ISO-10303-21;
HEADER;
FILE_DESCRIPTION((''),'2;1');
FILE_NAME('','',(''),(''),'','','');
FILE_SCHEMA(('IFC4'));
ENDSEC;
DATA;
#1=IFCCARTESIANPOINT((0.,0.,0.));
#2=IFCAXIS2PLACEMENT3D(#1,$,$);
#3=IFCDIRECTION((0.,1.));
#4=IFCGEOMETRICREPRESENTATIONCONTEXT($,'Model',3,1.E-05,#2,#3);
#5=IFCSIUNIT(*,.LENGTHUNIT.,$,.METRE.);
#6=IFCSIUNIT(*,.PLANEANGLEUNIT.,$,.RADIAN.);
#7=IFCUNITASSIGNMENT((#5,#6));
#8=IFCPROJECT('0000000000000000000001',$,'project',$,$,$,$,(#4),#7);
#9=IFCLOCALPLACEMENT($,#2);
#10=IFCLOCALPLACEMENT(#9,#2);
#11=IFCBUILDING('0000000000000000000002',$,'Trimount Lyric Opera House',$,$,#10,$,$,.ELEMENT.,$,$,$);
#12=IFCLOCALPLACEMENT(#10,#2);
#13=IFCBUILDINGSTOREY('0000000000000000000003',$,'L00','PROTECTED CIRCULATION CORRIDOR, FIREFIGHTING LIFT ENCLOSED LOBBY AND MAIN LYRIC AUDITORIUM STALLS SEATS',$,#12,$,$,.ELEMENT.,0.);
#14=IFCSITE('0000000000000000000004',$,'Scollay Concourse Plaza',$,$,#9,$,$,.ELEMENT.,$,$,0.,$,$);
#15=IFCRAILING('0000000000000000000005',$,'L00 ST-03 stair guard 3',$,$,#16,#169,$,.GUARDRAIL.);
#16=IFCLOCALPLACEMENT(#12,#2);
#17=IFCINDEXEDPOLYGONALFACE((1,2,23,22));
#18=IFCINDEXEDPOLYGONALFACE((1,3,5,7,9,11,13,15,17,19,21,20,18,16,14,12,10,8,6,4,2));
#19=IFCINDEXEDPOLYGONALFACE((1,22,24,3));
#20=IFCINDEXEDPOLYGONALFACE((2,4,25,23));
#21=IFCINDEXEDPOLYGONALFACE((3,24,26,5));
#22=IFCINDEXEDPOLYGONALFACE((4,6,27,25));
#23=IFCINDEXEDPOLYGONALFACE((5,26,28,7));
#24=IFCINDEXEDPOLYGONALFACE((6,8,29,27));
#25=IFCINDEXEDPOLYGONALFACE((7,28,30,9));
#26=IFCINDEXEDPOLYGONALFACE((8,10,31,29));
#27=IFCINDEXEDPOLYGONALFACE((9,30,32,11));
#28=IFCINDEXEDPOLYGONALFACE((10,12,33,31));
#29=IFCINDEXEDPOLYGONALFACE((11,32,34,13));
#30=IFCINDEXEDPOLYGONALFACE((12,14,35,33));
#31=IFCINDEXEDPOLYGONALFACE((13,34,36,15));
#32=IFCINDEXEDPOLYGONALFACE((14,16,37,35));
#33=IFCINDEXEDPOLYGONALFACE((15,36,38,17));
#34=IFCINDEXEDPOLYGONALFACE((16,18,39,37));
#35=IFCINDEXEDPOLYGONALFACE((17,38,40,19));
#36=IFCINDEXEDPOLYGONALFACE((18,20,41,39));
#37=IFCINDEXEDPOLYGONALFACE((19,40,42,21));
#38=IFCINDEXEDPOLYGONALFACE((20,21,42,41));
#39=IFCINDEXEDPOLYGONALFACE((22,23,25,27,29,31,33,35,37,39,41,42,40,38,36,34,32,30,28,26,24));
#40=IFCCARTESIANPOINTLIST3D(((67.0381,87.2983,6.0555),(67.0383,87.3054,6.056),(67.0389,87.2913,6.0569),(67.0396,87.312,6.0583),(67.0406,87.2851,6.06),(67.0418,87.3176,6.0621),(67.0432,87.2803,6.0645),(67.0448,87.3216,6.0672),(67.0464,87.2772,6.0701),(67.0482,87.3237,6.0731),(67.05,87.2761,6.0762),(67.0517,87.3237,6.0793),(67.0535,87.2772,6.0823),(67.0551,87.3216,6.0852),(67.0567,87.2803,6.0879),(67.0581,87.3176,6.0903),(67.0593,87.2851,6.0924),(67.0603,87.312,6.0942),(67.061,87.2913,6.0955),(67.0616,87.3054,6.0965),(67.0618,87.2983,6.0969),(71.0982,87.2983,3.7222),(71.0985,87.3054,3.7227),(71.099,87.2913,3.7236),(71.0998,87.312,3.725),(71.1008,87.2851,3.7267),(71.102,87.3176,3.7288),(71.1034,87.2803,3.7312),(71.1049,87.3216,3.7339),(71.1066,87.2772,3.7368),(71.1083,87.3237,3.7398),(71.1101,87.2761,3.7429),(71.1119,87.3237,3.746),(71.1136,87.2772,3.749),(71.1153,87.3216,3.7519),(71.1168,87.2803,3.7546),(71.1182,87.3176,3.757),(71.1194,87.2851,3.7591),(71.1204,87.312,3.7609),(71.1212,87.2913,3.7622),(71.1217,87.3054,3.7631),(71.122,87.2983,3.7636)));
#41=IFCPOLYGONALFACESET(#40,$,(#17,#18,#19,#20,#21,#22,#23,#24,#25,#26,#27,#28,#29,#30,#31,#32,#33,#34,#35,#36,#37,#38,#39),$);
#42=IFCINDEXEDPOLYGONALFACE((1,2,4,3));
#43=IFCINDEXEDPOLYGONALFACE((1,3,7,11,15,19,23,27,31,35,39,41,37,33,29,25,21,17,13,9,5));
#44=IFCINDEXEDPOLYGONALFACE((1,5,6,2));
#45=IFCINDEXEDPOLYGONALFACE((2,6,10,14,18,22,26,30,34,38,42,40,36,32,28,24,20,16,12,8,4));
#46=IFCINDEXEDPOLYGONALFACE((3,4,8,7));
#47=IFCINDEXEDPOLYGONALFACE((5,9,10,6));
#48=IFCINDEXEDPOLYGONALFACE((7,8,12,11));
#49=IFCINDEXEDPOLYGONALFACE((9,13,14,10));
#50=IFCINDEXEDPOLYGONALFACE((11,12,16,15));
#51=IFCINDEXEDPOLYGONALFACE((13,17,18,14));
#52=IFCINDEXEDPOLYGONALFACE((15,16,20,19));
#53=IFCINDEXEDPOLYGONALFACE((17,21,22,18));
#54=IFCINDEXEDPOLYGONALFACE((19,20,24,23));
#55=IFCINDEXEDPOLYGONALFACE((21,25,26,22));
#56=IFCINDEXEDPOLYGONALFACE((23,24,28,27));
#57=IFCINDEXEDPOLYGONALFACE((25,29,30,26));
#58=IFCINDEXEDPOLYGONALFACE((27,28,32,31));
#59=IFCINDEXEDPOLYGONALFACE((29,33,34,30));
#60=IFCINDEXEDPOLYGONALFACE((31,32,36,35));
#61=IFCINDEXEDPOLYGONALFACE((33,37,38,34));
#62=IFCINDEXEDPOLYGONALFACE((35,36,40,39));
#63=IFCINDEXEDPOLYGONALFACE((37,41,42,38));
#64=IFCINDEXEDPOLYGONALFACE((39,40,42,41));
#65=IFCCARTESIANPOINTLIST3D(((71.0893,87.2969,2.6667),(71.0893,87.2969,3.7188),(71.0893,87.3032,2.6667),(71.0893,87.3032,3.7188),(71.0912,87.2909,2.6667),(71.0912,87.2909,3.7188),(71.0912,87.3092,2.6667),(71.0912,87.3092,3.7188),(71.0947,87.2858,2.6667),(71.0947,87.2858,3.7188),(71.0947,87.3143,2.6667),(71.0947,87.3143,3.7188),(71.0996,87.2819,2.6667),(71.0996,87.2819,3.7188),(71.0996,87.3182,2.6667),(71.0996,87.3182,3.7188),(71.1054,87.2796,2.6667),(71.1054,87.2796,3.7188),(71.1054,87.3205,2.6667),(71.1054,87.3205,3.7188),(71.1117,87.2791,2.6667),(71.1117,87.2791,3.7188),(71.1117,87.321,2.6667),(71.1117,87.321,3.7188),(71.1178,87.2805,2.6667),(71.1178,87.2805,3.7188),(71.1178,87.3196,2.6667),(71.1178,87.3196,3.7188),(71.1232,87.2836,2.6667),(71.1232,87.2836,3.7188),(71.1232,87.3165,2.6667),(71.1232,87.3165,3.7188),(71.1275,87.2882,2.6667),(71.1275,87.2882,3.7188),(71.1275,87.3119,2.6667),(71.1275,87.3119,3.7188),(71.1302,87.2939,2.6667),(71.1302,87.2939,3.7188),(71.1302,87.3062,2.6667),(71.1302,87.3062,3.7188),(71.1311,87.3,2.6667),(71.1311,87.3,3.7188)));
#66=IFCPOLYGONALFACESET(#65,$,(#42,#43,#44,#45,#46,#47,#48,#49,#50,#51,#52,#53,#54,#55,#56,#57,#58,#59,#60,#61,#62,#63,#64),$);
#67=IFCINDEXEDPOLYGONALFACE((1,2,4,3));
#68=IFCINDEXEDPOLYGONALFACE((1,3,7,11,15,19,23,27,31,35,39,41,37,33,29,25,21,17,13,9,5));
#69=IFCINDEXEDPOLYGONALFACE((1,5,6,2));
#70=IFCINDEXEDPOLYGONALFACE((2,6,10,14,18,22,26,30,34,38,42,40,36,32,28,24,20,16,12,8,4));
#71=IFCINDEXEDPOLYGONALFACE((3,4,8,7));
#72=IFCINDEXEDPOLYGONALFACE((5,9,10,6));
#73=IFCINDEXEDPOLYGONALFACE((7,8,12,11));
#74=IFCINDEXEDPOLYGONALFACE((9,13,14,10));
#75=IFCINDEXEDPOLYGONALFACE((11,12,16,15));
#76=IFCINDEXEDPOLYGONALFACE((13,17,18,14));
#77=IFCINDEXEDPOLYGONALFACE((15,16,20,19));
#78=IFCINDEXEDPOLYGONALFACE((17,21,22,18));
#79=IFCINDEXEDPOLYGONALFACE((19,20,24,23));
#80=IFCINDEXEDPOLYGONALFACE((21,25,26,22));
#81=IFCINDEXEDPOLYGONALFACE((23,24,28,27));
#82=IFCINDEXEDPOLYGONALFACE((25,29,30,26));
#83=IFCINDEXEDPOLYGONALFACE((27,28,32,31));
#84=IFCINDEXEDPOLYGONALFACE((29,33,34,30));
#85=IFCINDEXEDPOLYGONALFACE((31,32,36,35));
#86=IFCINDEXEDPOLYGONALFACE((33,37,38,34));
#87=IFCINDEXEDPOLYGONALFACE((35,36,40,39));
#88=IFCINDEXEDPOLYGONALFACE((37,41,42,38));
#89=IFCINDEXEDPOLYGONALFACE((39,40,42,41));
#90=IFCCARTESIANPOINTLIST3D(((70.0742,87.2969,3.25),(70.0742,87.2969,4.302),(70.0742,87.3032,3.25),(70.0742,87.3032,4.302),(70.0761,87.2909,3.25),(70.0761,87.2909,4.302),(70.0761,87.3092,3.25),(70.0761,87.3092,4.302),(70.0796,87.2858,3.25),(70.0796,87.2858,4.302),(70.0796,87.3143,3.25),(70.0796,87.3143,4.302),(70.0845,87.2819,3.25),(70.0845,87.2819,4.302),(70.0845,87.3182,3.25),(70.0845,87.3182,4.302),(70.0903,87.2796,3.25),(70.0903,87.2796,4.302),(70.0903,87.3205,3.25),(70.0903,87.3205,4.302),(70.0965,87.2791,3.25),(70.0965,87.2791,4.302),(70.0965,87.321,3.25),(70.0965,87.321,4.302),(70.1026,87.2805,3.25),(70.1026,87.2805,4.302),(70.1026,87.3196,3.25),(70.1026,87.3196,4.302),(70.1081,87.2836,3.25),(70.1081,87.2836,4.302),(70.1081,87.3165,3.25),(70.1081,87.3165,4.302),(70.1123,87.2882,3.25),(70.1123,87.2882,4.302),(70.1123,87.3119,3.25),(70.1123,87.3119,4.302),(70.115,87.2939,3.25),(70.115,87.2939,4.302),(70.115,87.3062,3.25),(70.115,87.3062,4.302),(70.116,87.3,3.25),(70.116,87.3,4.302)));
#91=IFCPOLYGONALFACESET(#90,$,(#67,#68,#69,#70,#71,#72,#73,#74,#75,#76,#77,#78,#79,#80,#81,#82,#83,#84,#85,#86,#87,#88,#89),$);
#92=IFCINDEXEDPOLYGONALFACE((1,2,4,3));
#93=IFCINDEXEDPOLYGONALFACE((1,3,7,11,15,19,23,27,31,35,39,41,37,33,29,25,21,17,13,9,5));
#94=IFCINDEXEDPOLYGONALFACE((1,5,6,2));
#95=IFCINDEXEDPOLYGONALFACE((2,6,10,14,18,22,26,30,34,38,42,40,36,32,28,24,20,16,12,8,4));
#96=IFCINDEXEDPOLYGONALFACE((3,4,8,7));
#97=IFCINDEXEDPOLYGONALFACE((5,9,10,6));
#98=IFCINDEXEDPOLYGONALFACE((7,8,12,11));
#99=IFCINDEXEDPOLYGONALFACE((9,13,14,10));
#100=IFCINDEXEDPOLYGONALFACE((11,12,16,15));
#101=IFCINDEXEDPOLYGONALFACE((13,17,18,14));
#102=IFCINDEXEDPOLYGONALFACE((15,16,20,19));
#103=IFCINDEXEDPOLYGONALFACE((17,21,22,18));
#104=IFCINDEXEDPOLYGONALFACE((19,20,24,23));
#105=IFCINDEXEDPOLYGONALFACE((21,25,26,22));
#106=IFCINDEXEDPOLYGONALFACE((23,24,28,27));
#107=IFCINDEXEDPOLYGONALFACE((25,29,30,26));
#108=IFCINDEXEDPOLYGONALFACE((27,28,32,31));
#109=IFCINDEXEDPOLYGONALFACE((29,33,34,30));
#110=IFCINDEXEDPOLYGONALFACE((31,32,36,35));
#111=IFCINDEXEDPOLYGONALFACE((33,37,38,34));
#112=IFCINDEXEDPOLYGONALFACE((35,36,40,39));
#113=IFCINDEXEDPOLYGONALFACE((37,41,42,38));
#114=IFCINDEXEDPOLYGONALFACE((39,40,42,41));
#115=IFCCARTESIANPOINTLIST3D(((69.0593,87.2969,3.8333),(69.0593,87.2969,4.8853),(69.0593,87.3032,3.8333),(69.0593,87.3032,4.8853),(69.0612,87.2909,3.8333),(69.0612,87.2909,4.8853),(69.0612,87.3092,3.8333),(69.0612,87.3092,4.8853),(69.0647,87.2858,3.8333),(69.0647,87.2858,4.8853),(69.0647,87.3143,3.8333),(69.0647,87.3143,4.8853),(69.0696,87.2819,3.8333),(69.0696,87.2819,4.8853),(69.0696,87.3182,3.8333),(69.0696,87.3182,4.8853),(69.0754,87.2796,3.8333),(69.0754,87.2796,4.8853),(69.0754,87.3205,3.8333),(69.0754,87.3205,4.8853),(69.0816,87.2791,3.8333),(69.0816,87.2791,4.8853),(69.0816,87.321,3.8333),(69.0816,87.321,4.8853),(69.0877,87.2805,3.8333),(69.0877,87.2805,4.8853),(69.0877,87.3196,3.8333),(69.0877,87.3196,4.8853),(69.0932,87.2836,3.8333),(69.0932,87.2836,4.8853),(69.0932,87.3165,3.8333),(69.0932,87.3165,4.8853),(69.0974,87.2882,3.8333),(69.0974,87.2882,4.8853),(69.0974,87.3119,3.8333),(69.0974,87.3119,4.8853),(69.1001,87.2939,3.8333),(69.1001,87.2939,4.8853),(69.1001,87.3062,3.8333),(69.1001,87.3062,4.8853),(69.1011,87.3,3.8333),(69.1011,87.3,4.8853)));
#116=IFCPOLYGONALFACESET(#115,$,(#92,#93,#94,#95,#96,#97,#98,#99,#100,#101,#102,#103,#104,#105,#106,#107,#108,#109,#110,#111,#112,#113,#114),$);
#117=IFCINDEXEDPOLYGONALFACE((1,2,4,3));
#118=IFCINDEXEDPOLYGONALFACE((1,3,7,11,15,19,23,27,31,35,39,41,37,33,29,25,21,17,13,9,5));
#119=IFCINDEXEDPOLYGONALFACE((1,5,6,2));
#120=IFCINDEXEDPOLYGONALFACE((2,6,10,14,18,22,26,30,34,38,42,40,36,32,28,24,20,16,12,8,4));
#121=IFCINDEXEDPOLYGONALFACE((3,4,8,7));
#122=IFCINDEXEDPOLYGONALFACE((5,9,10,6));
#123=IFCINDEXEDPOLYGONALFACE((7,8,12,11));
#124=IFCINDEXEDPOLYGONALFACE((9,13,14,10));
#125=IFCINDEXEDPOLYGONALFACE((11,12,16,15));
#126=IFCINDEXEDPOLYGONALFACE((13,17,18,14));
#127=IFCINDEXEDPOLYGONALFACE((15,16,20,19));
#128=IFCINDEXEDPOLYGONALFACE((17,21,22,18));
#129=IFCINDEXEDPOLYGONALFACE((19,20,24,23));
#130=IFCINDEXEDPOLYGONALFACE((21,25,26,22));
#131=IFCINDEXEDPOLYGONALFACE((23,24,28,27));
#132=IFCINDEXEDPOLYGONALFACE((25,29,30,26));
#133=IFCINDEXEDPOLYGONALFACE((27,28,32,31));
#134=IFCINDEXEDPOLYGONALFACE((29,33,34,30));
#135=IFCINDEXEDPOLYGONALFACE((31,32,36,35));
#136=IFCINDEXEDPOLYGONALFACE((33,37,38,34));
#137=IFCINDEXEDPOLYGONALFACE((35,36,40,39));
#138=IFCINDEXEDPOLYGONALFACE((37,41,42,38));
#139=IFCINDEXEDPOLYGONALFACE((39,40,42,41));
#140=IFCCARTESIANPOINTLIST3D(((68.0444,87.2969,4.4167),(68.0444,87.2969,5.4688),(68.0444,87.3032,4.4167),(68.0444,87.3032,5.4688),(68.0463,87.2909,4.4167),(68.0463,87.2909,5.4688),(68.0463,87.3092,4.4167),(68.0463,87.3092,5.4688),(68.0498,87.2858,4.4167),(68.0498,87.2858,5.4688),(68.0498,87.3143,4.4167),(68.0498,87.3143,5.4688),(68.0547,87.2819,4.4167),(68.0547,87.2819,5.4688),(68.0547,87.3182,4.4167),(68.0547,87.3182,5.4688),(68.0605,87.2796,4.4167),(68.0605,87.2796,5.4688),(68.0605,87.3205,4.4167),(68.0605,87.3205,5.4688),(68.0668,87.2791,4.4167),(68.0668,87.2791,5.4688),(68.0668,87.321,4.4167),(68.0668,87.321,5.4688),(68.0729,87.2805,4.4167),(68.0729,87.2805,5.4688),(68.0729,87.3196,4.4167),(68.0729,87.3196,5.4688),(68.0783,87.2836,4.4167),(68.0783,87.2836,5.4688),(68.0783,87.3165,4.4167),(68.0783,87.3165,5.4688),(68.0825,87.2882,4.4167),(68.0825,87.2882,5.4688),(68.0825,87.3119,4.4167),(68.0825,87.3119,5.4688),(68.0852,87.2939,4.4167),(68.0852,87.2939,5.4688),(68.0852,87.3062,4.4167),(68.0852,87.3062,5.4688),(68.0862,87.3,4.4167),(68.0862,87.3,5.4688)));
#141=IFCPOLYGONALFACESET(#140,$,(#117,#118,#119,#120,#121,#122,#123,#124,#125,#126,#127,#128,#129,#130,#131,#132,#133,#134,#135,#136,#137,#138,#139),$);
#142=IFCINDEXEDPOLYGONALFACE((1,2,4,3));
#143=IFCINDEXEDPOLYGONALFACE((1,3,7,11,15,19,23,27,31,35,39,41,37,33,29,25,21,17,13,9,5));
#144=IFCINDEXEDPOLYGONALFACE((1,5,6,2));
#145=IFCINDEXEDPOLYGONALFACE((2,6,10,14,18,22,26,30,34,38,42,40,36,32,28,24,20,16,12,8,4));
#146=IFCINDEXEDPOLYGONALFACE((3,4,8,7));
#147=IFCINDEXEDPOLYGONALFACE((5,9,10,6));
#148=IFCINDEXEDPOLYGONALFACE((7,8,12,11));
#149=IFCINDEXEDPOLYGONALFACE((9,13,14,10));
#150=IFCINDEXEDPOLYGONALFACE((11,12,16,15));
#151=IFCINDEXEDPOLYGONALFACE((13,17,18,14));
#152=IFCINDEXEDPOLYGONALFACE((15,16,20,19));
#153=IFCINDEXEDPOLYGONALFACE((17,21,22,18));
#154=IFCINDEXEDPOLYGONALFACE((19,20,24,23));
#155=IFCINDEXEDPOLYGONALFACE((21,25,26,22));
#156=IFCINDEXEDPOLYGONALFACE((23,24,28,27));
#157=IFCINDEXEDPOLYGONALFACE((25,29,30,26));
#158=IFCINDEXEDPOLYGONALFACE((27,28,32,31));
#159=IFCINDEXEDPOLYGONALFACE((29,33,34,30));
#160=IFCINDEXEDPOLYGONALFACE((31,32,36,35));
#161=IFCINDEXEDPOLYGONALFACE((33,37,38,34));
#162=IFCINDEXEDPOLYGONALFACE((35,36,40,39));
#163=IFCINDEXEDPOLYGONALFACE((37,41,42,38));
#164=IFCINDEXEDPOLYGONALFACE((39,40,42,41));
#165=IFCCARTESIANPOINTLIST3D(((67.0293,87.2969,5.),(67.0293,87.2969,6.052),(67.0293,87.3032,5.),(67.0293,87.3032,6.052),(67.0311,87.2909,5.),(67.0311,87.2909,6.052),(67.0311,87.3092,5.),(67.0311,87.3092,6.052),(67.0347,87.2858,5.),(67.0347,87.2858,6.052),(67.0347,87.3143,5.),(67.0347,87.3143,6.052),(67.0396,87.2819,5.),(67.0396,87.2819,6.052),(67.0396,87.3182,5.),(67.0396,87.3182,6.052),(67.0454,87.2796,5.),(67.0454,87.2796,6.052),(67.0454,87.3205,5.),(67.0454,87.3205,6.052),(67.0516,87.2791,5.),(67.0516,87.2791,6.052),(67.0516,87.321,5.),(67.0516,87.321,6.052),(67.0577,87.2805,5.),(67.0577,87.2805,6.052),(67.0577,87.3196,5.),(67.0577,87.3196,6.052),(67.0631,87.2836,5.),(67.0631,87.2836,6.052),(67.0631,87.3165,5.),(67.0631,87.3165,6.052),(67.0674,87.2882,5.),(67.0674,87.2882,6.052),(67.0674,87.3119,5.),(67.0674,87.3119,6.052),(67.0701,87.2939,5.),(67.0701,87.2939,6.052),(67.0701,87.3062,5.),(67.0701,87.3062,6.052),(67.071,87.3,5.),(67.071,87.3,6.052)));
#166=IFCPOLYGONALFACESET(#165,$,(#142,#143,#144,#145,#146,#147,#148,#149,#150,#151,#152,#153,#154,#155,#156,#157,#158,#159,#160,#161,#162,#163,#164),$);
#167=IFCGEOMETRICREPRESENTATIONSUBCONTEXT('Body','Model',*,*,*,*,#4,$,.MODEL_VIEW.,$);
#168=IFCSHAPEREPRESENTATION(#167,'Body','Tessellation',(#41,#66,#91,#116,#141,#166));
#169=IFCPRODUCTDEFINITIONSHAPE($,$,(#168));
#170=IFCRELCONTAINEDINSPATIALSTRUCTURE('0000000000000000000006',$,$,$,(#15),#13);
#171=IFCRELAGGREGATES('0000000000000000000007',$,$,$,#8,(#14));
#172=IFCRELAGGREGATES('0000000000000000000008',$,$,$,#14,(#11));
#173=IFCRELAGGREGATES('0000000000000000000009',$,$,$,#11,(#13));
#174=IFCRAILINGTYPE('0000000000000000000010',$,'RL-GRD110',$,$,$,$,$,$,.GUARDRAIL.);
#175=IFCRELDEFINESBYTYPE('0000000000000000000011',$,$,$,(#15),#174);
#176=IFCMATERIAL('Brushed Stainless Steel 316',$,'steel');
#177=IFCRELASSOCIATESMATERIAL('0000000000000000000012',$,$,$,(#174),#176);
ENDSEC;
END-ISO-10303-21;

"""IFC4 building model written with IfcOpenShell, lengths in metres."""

from ifc_helpers import new_model, si_unit, direction, frame, origin, origin_2d, place, context, subcontext, project, spatial, circle, extrude, material, type_object, element, save


model = new_model("IFC4")

# Units and contexts
model_context = context("Model", 3, precision=1e-05, world=origin(), true_north=direction((0.0, 1.0)))
body_context = subcontext(model_context, "Body", "Model", "MODEL_VIEW")
ifc_project = project(units=[si_unit("LENGTHUNIT", "METRE"), si_unit("PLANEANGLEUNIT", "RADIAN")], contexts=[model_context])

# Site, building, storey
site_placement = place(None, origin())
site = spatial("IfcSite", under=ifc_project, at=site_placement, Name="Scollay Concourse Plaza", CompositionType="ELEMENT", RefElevation=0.0)
building_placement = place(site_placement, origin())
building = spatial("IfcBuilding", under=site, at=building_placement, Name="Trimount Lyric Opera House", CompositionType="ELEMENT")
storey_placement = place(building_placement, origin())
storey = spatial("IfcBuildingStorey", under=building, at=storey_placement, Name="L00", Description="PROTECTED CIRCULATION CORRIDOR, FIREFIGHTING LIFT ENCLOSED LOBBY AND MAIN LYRIC AUDITORIUM STALLS SEATS", CompositionType="ELEMENT", Elevation=0.0)

# Railing
ifc_material_1 = material(Name="Brushed Stainless Steel 316", Category="steel")
railing_type_1 = type_object("IfcRailingType", Name="RL-GRD110", PredefinedType="GUARDRAIL", material=ifc_material_1)
railing_1_placement = place(storey_placement, frame((71.1101, 87.3, 2.6667)))
element("IfcRailing", 1, at=railing_1_placement, inside=storey, type_object=railing_type_1, Name="L00 ST-03 stair guard 3", PredefinedType="GUARDRAIL", context=body_context, shape_type="SweptSolid", body=[
    extrude(circle(Radius=0.0239, at=origin_2d()), frame((0.0, 0.0, 1.0762), z_axis=(-0.867025, 0.0, 0.498265), x_axis=(0.0, -1.0, 0.0)), (0.0, 0.0, 1.0), 4.6829),
    extrude(circle(Radius=0.021, at=origin_2d()), origin(), (0.0, 0.0, 1.0), 1.052),
    extrude(circle(Radius=0.021, at=origin_2d()), frame((-1.0151, 0.0, 0.5833)), (0.0, 0.0, 1.0), 1.052),
    extrude(circle(Radius=0.021, at=origin_2d()), frame((-2.03, 0.0, 1.1665)), (0.0, 0.0, 1.0), 1.052),
    extrude(circle(Radius=0.021, at=origin_2d()), frame((-3.0449, 0.0, 1.75)), (0.0, 0.0, 1.0), 1.052),
    extrude(circle(Radius=0.021, at=origin_2d()), frame((-4.0601, 0.0, 2.3333)), (0.0, 0.0, 1.0), 1.052),
])

save(model, "model.ifc")
